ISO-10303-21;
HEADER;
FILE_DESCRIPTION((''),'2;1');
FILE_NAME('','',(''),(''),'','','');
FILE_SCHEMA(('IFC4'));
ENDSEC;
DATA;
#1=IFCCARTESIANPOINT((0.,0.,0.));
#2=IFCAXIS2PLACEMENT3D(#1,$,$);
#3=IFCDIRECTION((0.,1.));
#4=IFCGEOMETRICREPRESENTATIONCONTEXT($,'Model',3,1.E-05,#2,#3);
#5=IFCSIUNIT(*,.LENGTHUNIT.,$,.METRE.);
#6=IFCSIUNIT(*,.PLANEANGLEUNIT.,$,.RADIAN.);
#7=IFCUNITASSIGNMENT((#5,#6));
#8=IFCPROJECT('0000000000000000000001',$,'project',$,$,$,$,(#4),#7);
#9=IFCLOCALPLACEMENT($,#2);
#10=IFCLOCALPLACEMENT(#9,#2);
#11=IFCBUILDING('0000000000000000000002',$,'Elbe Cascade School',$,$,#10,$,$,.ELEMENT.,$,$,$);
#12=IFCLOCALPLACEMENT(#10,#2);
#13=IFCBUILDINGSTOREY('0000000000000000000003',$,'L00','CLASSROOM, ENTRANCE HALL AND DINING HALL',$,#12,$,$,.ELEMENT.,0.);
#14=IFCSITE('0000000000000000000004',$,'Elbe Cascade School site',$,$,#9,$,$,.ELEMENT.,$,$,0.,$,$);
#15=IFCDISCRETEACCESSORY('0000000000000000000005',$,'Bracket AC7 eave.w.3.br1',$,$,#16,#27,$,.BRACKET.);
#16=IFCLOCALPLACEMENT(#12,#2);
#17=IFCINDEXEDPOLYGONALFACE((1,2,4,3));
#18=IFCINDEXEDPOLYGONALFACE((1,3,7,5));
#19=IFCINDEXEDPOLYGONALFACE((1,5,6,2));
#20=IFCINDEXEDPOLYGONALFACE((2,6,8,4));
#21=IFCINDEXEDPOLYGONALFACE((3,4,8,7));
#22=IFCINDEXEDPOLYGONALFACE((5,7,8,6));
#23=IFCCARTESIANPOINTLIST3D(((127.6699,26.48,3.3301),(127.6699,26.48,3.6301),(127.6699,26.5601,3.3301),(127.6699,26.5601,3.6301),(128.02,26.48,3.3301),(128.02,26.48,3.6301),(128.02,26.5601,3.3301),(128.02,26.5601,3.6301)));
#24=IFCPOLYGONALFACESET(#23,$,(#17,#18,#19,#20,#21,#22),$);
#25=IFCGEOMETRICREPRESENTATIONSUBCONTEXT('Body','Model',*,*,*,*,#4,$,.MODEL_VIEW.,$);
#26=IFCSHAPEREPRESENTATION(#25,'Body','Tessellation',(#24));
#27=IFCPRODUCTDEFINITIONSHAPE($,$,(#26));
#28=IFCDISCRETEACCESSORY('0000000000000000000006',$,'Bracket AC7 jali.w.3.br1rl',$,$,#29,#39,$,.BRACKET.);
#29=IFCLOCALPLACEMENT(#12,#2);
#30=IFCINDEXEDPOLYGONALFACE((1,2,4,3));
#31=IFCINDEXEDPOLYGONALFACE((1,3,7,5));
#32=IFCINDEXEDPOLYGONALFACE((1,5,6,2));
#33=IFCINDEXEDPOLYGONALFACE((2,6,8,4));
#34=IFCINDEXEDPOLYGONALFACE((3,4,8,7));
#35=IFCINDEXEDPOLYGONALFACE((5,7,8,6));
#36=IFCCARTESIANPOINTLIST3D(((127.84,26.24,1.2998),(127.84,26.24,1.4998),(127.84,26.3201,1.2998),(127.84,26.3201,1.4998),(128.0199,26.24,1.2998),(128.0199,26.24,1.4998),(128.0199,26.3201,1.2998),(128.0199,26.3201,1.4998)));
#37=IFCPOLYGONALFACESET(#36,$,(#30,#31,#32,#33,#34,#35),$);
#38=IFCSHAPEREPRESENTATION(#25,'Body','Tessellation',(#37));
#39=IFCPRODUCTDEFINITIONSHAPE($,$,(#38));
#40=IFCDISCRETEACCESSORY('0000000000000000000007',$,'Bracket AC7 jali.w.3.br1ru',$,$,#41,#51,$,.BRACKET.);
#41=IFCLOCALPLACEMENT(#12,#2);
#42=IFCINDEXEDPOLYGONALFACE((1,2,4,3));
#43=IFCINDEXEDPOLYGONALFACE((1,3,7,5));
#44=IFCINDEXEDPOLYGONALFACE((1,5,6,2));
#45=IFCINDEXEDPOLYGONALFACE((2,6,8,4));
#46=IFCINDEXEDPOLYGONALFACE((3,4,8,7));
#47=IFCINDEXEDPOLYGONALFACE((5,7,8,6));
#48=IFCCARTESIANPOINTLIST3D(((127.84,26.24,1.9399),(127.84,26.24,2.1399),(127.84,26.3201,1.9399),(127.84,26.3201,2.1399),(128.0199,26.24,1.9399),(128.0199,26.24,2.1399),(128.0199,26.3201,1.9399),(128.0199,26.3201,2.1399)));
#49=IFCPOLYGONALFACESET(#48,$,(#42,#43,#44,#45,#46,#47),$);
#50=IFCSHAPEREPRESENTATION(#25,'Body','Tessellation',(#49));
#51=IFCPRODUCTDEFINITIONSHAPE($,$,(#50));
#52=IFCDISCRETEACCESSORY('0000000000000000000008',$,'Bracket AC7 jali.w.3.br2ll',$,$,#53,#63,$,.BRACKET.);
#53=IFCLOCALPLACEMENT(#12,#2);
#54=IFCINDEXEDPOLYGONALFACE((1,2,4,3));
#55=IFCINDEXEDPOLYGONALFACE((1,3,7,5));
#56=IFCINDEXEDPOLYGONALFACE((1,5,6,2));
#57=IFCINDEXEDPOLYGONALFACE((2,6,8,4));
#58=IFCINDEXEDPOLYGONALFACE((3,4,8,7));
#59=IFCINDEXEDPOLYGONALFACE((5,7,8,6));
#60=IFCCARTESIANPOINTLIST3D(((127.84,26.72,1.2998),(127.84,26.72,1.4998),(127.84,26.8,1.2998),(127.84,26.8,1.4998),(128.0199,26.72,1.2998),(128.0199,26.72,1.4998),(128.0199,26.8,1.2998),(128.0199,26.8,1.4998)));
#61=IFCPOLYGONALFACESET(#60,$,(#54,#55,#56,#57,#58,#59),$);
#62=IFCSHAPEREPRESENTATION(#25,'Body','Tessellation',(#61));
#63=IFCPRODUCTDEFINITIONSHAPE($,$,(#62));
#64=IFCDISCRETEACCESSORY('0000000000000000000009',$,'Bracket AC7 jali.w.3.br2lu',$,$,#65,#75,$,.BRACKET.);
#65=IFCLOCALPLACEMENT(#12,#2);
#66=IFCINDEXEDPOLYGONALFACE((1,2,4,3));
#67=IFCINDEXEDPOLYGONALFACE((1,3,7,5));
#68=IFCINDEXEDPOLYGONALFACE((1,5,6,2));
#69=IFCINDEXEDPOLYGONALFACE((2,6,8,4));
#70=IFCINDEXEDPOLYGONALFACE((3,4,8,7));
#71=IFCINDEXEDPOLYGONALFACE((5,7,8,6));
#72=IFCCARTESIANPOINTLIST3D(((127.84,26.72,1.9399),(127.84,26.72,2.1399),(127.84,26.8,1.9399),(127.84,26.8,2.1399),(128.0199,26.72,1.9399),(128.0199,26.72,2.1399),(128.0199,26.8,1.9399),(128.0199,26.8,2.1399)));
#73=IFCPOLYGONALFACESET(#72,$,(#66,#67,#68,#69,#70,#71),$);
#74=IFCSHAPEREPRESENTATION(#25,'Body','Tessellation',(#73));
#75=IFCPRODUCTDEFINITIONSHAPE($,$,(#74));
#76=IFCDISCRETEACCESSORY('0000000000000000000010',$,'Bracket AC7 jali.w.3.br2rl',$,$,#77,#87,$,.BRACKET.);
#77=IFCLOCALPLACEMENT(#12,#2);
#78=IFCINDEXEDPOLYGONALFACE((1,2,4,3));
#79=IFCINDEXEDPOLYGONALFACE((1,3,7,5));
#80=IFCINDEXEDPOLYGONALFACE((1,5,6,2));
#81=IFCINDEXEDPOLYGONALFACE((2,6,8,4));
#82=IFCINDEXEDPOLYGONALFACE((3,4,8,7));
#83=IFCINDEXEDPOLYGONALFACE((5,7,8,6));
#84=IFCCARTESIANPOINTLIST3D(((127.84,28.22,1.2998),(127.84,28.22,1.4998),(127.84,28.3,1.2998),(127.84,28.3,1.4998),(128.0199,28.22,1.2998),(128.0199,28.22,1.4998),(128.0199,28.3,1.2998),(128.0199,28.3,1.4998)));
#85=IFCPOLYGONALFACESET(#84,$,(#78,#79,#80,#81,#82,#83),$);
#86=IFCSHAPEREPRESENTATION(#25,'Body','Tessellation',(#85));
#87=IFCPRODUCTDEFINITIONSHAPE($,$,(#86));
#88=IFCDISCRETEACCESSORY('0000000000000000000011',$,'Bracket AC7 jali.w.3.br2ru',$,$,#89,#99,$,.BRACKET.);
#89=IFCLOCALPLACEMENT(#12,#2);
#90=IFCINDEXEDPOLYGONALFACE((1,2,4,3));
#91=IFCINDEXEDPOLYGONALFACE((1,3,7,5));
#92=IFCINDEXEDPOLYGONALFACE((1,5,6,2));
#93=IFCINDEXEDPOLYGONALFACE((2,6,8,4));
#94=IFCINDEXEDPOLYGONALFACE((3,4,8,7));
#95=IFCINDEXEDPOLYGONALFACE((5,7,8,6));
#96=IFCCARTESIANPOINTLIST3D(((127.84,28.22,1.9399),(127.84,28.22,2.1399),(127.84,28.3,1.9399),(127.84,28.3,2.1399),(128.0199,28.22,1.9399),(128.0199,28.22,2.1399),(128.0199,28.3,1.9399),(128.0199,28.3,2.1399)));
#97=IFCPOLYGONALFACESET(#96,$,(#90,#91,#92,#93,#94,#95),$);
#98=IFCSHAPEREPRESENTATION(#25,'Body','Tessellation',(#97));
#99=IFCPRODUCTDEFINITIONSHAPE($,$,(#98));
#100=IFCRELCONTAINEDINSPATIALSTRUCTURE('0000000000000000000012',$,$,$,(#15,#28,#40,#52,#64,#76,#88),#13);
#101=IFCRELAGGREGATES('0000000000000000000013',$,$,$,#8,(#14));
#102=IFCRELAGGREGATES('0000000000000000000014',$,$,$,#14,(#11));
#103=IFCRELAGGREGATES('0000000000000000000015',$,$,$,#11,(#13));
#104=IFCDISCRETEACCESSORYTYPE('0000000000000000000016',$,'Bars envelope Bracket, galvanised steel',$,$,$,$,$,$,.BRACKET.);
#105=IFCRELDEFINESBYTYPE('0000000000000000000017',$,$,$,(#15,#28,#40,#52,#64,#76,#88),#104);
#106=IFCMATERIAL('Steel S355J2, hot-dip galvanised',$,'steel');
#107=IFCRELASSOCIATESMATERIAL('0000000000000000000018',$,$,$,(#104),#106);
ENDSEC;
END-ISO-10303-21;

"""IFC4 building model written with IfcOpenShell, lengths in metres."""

from ifc_helpers import new_model, si_unit, direction, frame, origin, origin_2d, place, context, subcontext, project, spatial, rectangle, extrude, material, type_object, element, save


model = new_model("IFC4")

# Units and contexts
model_context = context("Model", 3, precision=1e-05, world=origin(), true_north=direction((0.0, 1.0)))
body_context = subcontext(model_context, "Body", "Model", "MODEL_VIEW")
ifc_project = project(units=[si_unit("LENGTHUNIT", "METRE"), si_unit("PLANEANGLEUNIT", "RADIAN")], contexts=[model_context])

# Site, building, storey
site_placement = place(None, origin())
site = spatial("IfcSite", under=ifc_project, at=site_placement, Name="Elbe Cascade School site", CompositionType="ELEMENT", RefElevation=0.0)
building_placement = place(site_placement, origin())
building = spatial("IfcBuilding", under=site, at=building_placement, Name="Elbe Cascade School", CompositionType="ELEMENT")
storey_placement = place(building_placement, origin())
storey = spatial("IfcBuildingStorey", under=building, at=storey_placement, Name="L00", Description="CLASSROOM, ENTRANCE HALL AND DINING HALL", CompositionType="ELEMENT", Elevation=0.0)

# Discrete accessories
ifc_material_1 = material(Name="Steel S355J2, hot-dip galvanised", Category="steel")
discrete_accessory_type = type_object("IfcDiscreteAccessoryType", Name="Bars envelope Bracket, galvanised steel", PredefinedType="BRACKET", material=ifc_material_1)
discrete_accessory_placement = place(storey_placement, frame((127.845, 26.52, 3.3301), z_axis=(0.0, 0.0, 1.0), x_axis=(0.0, 1.0, 0.0)))
element("IfcDiscreteAccessory", 1, at=discrete_accessory_placement, inside=storey, type_object=discrete_accessory_type, Name="Bracket AC7 eave.w.3.br1", PredefinedType="BRACKET", context=body_context, shape_type="SweptSolid", body=[
    extrude(rectangle(XDim=0.0801, YDim=0.3501, at=origin_2d()), origin(), (0.0, 0.0, 1.0), 0.3),
])
for number, where, z_axis, x_axis, name in (
    (2, (127.9299, 26.28, 1.2998), (0.0, 0.0, 1.0), (0.0, 1.0, 0.0), "Bracket AC7 jali.w.3.br1rl"),
    (3, (127.9299, 26.28, 1.9399), (0.0, 0.0, 1.0), (0.0, 1.0, 0.0), "Bracket AC7 jali.w.3.br1ru"),
    (4, (127.9299, 26.76, 1.2998), (0.0, 0.0, 1.0), (0.0, 1.0, 0.0), "Bracket AC7 jali.w.3.br2ll"),
    (5, (127.9299, 26.76, 1.9399), (0.0, 0.0, 1.0), (0.0, 1.0, 0.0), "Bracket AC7 jali.w.3.br2lu"),
    (6, (127.9299, 28.26, 1.2998), (0.0, 0.0, 1.0), (0.0, 1.0, 0.0), "Bracket AC7 jali.w.3.br2rl"),
    (7, (127.9299, 28.26, 1.9399), (0.0, 0.0, 1.0), (0.0, 1.0, 0.0), "Bracket AC7 jali.w.3.br2ru"),
):
    element("IfcDiscreteAccessory", number, at=place(storey_placement, frame(where, z_axis=z_axis, x_axis=x_axis)), inside=storey, type_object=discrete_accessory_type, Name=name, PredefinedType="BRACKET", context=body_context, shape_type="SweptSolid", body=[
        extrude(rectangle(XDim=0.0801, YDim=0.1799, at=origin_2d()), origin(), (0.0, 0.0, 1.0), 0.2),
    ])

save(model, "model.ifc")
